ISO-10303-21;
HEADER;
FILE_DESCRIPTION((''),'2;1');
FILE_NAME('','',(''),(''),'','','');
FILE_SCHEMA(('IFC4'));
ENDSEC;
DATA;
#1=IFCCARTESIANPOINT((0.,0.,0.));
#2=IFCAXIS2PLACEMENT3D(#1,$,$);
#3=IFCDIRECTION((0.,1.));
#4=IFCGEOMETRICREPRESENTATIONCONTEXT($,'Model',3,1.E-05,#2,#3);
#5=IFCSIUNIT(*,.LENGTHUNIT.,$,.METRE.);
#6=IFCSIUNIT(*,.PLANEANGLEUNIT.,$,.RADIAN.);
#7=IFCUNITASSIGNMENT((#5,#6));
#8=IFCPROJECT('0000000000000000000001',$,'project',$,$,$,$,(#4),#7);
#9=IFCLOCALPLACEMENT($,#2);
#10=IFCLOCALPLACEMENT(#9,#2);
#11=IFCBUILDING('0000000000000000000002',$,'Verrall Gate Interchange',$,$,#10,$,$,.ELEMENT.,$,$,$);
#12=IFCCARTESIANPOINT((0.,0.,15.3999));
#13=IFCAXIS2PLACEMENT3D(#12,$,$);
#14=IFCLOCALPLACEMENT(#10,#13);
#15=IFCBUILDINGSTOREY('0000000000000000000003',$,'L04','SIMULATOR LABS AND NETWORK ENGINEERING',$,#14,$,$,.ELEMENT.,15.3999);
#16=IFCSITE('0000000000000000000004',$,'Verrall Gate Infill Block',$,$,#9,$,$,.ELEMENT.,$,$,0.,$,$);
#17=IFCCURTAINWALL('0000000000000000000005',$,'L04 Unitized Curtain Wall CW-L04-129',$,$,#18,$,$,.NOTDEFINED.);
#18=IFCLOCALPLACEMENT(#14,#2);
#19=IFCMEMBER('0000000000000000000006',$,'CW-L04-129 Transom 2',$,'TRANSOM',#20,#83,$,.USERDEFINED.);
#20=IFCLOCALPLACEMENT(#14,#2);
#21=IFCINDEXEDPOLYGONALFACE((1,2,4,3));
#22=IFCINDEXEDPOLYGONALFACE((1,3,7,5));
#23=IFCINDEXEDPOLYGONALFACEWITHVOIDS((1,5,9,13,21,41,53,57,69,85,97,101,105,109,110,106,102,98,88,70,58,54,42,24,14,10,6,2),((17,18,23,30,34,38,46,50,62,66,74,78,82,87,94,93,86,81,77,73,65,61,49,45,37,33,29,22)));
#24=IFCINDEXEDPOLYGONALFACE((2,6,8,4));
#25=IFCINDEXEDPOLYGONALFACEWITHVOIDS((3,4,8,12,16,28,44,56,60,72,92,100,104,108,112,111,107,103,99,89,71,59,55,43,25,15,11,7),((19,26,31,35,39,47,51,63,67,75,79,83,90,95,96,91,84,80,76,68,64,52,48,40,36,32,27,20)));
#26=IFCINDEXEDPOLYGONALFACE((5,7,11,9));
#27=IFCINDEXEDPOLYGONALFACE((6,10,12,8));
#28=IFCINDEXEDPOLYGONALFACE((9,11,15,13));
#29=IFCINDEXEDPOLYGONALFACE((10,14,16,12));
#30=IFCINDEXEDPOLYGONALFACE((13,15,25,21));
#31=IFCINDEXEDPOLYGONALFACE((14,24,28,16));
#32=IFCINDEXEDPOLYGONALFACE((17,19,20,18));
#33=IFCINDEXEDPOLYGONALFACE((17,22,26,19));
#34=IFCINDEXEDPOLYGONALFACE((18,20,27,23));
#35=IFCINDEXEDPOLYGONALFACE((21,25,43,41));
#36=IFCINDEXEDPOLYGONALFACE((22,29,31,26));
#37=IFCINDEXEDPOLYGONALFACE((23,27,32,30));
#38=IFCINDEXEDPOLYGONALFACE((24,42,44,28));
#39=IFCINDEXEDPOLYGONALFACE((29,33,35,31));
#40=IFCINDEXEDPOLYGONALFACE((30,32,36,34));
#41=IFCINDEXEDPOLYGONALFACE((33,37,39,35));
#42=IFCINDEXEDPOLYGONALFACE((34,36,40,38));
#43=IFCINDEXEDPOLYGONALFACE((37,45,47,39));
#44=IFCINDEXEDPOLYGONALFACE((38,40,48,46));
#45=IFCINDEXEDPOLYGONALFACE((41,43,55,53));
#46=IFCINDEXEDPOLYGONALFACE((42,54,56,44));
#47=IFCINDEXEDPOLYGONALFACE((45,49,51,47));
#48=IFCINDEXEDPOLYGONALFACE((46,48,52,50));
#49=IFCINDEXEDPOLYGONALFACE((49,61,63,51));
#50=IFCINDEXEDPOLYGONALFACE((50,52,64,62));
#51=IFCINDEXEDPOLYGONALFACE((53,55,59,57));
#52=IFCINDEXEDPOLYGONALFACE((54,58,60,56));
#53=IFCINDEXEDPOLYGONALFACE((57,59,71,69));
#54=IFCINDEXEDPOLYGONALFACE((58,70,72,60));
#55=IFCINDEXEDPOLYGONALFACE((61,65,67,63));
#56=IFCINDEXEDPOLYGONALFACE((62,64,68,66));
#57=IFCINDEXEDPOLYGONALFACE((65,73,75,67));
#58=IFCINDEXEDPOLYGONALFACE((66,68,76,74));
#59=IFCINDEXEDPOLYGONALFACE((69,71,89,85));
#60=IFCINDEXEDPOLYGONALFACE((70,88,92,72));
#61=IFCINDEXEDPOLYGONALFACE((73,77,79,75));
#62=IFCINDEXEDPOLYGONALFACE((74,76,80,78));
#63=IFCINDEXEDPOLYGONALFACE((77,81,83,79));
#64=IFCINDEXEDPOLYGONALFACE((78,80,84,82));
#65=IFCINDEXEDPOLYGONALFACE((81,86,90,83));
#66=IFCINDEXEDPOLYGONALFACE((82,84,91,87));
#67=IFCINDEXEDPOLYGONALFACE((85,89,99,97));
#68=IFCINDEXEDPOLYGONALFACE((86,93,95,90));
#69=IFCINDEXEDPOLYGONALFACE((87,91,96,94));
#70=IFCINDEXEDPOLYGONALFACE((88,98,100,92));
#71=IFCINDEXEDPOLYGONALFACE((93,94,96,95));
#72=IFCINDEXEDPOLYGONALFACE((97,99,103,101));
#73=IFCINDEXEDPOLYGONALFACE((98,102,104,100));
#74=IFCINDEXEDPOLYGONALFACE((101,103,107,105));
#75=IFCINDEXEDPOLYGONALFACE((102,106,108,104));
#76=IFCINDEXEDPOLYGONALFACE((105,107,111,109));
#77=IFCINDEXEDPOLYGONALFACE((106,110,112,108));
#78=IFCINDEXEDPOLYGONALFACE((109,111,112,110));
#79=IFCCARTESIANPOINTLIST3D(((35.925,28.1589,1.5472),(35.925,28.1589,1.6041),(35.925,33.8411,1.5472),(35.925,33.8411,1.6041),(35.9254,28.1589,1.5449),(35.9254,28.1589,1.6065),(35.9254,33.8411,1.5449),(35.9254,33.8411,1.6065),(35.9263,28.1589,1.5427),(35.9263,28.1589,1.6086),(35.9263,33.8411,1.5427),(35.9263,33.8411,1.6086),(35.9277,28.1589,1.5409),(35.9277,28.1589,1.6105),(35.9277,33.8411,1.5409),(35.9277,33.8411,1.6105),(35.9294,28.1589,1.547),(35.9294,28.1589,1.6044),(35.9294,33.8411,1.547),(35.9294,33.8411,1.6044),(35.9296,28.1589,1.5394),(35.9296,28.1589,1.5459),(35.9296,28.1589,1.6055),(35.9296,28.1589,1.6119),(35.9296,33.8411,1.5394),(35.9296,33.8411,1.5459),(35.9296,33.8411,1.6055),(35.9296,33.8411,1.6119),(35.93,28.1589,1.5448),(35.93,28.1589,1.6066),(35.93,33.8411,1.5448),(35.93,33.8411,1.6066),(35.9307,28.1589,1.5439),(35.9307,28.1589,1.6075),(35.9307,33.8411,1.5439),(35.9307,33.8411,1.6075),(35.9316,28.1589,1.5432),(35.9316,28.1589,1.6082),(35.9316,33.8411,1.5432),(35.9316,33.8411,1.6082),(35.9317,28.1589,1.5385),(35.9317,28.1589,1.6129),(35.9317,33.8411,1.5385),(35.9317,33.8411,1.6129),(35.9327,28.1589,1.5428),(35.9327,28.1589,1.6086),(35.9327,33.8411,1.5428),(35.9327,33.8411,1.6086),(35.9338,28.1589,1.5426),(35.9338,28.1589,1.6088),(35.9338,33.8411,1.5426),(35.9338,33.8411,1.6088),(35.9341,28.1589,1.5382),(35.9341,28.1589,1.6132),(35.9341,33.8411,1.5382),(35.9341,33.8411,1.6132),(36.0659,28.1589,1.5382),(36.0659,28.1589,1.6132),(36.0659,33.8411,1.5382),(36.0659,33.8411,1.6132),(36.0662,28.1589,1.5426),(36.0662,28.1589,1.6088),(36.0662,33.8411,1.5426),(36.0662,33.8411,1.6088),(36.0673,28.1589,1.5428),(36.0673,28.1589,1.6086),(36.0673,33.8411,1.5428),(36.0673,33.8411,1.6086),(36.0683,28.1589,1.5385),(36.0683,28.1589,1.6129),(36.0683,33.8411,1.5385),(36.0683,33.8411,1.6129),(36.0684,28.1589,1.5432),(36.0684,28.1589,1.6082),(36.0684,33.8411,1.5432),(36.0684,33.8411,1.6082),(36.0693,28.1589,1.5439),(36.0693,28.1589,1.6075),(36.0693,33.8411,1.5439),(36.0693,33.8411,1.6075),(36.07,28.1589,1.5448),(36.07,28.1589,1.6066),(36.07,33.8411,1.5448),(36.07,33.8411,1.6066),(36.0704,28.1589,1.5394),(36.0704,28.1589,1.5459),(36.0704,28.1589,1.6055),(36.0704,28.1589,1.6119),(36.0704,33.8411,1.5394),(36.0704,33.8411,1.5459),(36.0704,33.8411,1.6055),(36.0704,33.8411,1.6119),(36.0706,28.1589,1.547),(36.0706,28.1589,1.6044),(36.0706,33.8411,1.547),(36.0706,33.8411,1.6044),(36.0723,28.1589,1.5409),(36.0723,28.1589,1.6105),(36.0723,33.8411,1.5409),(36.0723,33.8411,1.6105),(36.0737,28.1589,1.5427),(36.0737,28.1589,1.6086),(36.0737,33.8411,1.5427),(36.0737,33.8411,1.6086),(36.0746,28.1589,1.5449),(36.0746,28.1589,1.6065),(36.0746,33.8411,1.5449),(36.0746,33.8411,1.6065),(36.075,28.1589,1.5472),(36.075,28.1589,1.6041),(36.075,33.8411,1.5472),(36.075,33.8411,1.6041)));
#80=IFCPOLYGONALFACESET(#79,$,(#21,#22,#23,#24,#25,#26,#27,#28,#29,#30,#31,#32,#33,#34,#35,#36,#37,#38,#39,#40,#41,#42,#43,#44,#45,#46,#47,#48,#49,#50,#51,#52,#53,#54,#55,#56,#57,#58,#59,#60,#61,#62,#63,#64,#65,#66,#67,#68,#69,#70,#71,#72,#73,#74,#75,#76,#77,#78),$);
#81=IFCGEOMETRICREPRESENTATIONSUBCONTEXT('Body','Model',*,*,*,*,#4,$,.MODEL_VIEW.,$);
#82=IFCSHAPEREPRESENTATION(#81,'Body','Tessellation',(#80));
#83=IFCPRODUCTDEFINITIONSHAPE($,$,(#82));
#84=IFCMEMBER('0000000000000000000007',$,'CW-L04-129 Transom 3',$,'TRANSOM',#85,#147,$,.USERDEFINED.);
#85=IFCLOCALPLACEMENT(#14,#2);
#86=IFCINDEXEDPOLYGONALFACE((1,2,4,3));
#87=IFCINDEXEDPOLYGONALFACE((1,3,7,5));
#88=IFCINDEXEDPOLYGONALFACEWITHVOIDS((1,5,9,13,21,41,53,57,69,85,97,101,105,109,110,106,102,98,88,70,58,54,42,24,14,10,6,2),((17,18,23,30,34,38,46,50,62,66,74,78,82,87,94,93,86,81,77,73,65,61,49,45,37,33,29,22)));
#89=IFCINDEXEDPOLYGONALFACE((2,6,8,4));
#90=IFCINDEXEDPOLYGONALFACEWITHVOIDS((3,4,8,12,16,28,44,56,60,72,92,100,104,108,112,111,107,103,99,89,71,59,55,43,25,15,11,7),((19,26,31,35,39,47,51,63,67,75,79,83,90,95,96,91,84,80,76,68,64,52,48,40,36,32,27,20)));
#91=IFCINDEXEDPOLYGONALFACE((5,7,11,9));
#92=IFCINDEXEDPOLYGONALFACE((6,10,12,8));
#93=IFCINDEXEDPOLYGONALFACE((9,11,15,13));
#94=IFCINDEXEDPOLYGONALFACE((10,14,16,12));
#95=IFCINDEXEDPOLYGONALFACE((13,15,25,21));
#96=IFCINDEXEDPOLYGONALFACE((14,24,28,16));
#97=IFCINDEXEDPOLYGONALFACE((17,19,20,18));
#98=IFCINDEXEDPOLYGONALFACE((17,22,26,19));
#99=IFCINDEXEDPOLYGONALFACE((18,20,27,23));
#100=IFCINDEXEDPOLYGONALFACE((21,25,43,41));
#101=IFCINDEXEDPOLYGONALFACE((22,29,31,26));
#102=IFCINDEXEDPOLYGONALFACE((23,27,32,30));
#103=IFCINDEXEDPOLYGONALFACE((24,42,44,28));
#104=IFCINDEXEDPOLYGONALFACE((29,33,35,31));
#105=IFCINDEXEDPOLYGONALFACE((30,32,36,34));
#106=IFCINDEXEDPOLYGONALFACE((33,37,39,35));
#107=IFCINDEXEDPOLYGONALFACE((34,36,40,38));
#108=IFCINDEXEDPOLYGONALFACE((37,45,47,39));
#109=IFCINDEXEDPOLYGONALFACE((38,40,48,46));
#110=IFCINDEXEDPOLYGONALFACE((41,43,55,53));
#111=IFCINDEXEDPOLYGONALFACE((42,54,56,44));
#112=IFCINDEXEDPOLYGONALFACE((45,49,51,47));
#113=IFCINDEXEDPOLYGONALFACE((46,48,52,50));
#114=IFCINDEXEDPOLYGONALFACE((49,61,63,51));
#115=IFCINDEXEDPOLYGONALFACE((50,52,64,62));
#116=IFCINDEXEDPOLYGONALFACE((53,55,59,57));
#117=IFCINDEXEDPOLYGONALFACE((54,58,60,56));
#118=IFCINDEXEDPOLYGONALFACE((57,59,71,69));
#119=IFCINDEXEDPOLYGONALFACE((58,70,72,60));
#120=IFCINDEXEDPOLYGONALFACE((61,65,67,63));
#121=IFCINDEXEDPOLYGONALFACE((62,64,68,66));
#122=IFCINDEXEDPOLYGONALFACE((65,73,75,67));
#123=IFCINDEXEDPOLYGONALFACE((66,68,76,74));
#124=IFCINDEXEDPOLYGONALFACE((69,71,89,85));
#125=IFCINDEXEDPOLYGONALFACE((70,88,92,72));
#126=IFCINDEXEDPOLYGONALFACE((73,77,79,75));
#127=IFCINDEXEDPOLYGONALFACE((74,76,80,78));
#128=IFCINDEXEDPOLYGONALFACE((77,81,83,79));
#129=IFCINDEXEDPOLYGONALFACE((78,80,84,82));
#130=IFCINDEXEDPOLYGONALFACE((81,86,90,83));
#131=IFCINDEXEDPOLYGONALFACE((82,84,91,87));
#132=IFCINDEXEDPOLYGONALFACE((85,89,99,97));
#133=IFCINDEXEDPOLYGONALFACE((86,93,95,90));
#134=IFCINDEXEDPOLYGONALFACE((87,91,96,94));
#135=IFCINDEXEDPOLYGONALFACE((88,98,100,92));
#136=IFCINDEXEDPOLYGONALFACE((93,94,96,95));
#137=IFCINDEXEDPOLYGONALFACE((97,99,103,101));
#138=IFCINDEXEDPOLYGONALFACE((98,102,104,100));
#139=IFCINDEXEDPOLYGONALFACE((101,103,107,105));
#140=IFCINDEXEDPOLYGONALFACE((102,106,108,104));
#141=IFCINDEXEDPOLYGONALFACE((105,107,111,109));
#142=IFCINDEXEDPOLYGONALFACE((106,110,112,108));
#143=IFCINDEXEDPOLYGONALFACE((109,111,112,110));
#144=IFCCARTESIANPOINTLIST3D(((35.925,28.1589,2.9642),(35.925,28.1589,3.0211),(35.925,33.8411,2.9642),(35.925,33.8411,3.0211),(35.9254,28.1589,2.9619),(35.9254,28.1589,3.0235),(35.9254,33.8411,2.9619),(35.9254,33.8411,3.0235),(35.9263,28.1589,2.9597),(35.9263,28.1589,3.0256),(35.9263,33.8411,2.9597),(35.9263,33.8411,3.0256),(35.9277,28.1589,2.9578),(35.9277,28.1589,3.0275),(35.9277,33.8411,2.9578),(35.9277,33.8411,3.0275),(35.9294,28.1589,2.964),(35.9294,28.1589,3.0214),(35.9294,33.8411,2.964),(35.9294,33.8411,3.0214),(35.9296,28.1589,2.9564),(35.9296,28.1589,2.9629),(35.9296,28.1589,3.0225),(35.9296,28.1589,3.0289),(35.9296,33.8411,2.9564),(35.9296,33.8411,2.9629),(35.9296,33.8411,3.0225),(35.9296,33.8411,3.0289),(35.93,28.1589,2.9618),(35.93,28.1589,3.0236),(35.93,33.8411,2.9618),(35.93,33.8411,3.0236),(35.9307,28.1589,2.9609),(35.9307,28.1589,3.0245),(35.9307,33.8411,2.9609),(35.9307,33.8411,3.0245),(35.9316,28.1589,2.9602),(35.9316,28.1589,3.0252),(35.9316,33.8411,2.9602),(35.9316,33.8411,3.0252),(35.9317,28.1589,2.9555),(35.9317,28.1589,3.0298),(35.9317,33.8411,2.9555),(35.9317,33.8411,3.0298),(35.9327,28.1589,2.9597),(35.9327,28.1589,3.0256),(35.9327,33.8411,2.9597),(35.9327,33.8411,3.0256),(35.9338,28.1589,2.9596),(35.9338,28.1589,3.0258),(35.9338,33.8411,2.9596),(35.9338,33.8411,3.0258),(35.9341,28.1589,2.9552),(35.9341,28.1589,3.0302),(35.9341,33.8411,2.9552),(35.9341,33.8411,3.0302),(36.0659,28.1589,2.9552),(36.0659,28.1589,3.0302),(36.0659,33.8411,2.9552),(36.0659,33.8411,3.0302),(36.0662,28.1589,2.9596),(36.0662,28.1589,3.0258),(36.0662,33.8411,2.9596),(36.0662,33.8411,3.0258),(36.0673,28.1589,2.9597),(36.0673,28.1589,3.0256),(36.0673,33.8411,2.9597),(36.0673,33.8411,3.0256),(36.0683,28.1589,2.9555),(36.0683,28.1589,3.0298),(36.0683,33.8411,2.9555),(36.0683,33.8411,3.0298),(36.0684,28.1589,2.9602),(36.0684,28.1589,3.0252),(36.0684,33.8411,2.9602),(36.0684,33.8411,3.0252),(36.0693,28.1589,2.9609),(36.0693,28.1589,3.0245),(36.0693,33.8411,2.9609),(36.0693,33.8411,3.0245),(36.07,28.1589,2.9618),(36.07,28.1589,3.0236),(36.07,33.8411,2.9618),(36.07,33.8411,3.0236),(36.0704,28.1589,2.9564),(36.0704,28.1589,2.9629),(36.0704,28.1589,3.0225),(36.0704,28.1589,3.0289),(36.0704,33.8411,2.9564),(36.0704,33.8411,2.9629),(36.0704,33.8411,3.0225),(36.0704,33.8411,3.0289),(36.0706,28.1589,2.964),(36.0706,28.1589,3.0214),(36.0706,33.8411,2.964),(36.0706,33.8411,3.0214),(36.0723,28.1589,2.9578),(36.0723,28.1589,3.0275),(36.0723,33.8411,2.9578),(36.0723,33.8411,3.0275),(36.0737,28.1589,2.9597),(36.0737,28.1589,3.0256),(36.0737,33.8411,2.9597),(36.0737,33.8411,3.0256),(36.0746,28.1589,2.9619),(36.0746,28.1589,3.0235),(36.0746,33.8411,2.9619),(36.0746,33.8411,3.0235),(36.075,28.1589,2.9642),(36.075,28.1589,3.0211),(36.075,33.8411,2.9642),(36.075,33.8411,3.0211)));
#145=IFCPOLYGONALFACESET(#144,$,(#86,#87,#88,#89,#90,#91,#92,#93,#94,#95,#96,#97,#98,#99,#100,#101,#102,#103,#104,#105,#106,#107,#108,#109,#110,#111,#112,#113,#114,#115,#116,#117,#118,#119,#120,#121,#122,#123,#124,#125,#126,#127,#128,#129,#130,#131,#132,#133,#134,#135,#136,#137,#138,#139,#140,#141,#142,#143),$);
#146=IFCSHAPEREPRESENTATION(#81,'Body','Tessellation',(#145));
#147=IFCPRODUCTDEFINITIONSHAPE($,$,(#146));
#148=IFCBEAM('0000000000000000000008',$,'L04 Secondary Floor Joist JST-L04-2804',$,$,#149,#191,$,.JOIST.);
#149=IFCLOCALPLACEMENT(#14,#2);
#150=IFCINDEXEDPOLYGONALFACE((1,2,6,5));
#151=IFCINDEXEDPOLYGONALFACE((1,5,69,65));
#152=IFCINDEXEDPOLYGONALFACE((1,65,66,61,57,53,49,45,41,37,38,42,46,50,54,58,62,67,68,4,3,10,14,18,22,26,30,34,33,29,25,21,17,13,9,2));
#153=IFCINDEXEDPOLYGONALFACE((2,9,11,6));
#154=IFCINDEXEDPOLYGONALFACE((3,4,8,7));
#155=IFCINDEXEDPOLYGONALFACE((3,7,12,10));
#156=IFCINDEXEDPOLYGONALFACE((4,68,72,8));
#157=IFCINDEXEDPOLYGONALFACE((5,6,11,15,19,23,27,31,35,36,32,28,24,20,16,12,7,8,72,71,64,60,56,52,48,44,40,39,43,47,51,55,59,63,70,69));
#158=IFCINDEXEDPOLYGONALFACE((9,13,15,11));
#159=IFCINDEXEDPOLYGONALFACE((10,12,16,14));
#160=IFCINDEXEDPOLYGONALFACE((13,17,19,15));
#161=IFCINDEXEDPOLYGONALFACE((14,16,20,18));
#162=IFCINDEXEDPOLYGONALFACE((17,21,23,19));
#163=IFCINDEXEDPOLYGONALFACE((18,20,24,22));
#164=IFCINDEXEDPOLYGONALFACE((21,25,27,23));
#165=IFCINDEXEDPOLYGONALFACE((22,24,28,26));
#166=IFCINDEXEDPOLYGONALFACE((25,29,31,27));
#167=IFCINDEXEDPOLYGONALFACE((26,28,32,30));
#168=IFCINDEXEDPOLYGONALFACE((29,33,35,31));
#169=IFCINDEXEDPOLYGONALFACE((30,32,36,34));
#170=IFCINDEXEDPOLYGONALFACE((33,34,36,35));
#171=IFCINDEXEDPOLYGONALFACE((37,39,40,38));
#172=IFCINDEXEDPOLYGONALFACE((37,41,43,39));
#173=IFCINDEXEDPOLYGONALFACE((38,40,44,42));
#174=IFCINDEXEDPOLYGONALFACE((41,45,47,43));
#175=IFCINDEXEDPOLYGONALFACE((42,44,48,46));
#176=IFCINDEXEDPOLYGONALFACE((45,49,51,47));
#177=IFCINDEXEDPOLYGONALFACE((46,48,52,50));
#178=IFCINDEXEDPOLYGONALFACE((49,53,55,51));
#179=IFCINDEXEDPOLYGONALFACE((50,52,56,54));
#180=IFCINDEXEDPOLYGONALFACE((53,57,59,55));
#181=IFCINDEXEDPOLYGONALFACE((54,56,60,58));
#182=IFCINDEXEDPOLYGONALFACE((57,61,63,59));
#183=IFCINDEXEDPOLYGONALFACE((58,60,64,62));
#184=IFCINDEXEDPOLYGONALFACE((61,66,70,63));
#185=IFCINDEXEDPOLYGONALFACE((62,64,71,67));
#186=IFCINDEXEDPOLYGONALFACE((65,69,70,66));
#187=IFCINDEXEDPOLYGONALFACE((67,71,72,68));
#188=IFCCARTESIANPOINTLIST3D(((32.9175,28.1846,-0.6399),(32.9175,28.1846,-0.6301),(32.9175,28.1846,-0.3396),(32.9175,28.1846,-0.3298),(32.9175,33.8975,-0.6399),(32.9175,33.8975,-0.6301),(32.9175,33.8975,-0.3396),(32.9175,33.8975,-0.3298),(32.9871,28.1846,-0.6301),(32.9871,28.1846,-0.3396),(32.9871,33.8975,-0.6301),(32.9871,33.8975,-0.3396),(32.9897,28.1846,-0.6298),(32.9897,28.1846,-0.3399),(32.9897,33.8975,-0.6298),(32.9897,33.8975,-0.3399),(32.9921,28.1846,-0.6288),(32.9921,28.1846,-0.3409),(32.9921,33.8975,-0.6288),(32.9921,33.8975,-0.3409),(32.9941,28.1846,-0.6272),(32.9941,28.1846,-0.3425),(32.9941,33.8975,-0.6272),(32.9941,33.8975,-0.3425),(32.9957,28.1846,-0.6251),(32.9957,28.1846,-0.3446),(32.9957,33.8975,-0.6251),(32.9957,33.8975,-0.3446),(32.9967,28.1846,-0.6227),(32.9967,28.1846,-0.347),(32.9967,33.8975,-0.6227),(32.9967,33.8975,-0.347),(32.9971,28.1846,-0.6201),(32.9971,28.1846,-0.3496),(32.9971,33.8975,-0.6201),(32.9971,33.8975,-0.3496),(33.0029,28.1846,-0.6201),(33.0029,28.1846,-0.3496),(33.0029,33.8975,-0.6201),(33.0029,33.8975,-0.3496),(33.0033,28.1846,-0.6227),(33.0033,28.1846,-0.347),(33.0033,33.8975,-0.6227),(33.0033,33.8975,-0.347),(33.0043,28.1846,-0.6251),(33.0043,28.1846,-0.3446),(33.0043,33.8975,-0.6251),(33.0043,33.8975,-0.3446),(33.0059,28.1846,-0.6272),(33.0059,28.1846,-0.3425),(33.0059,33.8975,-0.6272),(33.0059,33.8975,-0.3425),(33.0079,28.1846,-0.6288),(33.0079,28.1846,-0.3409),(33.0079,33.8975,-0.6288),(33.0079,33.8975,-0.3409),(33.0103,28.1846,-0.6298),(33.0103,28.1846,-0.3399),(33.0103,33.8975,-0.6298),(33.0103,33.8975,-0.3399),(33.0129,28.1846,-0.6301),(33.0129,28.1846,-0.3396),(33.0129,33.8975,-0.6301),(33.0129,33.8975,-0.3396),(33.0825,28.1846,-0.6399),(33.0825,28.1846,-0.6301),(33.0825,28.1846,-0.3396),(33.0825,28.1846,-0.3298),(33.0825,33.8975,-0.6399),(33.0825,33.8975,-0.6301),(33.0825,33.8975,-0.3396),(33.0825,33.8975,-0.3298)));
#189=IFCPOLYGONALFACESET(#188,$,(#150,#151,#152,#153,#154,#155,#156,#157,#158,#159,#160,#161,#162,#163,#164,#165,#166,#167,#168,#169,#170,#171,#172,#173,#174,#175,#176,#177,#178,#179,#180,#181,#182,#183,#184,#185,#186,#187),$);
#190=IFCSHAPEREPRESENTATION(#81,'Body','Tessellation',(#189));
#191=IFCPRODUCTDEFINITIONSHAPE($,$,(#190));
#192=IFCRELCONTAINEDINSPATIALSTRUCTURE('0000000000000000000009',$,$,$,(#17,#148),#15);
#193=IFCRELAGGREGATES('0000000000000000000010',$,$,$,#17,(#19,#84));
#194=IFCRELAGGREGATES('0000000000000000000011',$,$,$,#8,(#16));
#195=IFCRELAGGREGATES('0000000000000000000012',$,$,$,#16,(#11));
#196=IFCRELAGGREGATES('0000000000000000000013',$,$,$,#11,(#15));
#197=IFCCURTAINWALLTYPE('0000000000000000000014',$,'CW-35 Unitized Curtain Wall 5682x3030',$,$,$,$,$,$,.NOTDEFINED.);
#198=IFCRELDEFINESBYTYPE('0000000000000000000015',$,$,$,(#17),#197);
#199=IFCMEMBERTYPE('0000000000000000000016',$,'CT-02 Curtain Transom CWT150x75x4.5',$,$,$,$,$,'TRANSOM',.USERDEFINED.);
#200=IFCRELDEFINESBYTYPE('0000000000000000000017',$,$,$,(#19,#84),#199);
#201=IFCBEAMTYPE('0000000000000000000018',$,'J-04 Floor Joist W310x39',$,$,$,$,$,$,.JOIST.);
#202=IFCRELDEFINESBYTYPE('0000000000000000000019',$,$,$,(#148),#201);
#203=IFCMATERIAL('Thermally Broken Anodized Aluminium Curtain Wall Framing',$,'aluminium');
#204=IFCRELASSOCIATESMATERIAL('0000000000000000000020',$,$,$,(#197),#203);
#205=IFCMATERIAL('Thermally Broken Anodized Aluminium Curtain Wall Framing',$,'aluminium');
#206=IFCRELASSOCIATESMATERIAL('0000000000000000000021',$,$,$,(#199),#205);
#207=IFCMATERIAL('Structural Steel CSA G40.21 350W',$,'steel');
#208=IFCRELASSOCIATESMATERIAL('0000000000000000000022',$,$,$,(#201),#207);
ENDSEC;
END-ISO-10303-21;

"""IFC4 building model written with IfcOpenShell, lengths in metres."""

from ifc_helpers import new_model, si_unit, direction, frame, origin, origin_2d, place, context, subcontext, project, spatial, hollow_rectangle, i_section, extrude, material, material_profile, profile_set, type_object, element, aggregate, save


model = new_model("IFC4")

# Units and contexts
model_context = context("Model", 3, precision=1e-05, world=origin(), true_north=direction((0.0, 1.0)))
body_context = subcontext(model_context, "Body", "Model", "MODEL_VIEW")
ifc_project = project(units=[si_unit("LENGTHUNIT", "METRE"), si_unit("PLANEANGLEUNIT", "RADIAN")], contexts=[model_context])

# Site, building, storey
site_placement = place(None, origin())
site = spatial("IfcSite", under=ifc_project, at=site_placement, Name="Verrall Gate Infill Block", CompositionType="ELEMENT", RefElevation=0.0)
building_placement = place(site_placement, origin())
building = spatial("IfcBuilding", under=site, at=building_placement, Name="Verrall Gate Interchange", CompositionType="ELEMENT")
storey_placement = place(building_placement, frame((0.0, 0.0, 15.3999)))
storey = spatial("IfcBuildingStorey", under=building, at=storey_placement, Name="L04", Description="SIMULATOR LABS AND NETWORK ENGINEERING", CompositionType="ELEMENT", Elevation=15.3999)

# Curtain wall, members
ifc_material_1 = material(Name="Thermally Broken Anodized Aluminium Curtain Wall Framing", Category="aluminium")
curtain_wall_type = type_object("IfcCurtainWallType", Name="CW-35 Unitized Curtain Wall 5682x3030", PredefinedType="NOTDEFINED", material=ifc_material_1)
curtain_wall_placement = place(storey_placement, origin())
curtain_wall = element("IfcCurtainWall", 1, at=curtain_wall_placement, inside=storey, type_object=curtain_wall_type, Name="L04 Unitized Curtain Wall CW-L04-129", PredefinedType="NOTDEFINED")
ifc_material_2 = material(Name="Thermally Broken Anodized Aluminium Curtain Wall Framing", Category="aluminium")
ifc_material_profile_1 = material_profile(ifc_material_2, hollow_rectangle(XDim=0.1499, YDim=0.075, WallThickness=0.0044, InnerFilletRadius=0.0044, OuterFilletRadius=0.009, at=origin_2d()), Name="CWT150x75x4.5")
ifc_profile_set_1 = profile_set([ifc_material_profile_1], Name="Thermally Broken Anodized Aluminium Curtain Wall Framing")
member_type_1 = type_object("IfcMemberType", Name="CT-02 Curtain Transom CWT150x75x4.5", ElementType="TRANSOM", PredefinedType="USERDEFINED", material=ifc_profile_set_1)
member_1_placement = place(storey_placement, frame((36.0, 28.1589, 1.5757), z_axis=(0.0, 1.0, 0.0), x_axis=(-1.0, 0.0, 0.0)))
member_1 = element("IfcMember", 2, at=member_1_placement, type_object=member_type_1, Name="CW-L04-129 Transom 2", ObjectType="TRANSOM", PredefinedType="USERDEFINED", context=body_context, shape_type="SweptSolid", body=[
    extrude(hollow_rectangle(XDim=0.1499, YDim=0.075, WallThickness=0.0044, InnerFilletRadius=0.0044, OuterFilletRadius=0.009, at=origin_2d()), origin(), (0.0, 0.0, 1.0), 5.6821),
])
member_2_placement = place(storey_placement, frame((36.0, 28.1589, 2.9927), z_axis=(0.0, 1.0, 0.0), x_axis=(-1.0, 0.0, 0.0)))
member_2 = element("IfcMember", 3, at=member_2_placement, type_object=member_type_1, Name="CW-L04-129 Transom 3", ObjectType="TRANSOM", PredefinedType="USERDEFINED", context=body_context, shape_type="SweptSolid", body=[
    extrude(hollow_rectangle(XDim=0.1499, YDim=0.075, WallThickness=0.0044, InnerFilletRadius=0.0044, OuterFilletRadius=0.009, at=origin_2d()), origin(), (0.0, 0.0, 1.0), 5.6821),
])

# Beam
ifc_material_3 = material(Name="Structural Steel CSA G40.21 350W", Category="steel")
ifc_material_profile_2 = material_profile(ifc_material_3, i_section(OverallWidth=0.165, OverallDepth=0.3101, WebThickness=0.0059, FlangeThickness=0.0098, FilletRadius=0.01, at=origin_2d()), Name="W310x39")
ifc_profile_set_2 = profile_set([ifc_material_profile_2], Name="Structural Steel CSA G40.21 350W")
beam_type_1 = type_object("IfcBeamType", Name="J-04 Floor Joist W310x39", PredefinedType="JOIST", material=ifc_profile_set_2)
beam_1_placement = place(storey_placement, frame((33.0, 28.1846, -0.4849), z_axis=(0.0, 1.0, 0.0), x_axis=(-1.0, 0.0, 0.0)))
element("IfcBeam", 4, at=beam_1_placement, inside=storey, type_object=beam_type_1, Name="L04 Secondary Floor Joist JST-L04-2804", PredefinedType="JOIST", context=body_context, shape_type="SweptSolid", body=[
    extrude(i_section(OverallWidth=0.165, OverallDepth=0.3101, WebThickness=0.0059, FlangeThickness=0.0098, FilletRadius=0.01, at=origin_2d()), origin(), (0.0, 0.0, 1.0), 5.7129),
])

aggregate(curtain_wall, [member_1, member_2])

save(model, "model.ifc")
